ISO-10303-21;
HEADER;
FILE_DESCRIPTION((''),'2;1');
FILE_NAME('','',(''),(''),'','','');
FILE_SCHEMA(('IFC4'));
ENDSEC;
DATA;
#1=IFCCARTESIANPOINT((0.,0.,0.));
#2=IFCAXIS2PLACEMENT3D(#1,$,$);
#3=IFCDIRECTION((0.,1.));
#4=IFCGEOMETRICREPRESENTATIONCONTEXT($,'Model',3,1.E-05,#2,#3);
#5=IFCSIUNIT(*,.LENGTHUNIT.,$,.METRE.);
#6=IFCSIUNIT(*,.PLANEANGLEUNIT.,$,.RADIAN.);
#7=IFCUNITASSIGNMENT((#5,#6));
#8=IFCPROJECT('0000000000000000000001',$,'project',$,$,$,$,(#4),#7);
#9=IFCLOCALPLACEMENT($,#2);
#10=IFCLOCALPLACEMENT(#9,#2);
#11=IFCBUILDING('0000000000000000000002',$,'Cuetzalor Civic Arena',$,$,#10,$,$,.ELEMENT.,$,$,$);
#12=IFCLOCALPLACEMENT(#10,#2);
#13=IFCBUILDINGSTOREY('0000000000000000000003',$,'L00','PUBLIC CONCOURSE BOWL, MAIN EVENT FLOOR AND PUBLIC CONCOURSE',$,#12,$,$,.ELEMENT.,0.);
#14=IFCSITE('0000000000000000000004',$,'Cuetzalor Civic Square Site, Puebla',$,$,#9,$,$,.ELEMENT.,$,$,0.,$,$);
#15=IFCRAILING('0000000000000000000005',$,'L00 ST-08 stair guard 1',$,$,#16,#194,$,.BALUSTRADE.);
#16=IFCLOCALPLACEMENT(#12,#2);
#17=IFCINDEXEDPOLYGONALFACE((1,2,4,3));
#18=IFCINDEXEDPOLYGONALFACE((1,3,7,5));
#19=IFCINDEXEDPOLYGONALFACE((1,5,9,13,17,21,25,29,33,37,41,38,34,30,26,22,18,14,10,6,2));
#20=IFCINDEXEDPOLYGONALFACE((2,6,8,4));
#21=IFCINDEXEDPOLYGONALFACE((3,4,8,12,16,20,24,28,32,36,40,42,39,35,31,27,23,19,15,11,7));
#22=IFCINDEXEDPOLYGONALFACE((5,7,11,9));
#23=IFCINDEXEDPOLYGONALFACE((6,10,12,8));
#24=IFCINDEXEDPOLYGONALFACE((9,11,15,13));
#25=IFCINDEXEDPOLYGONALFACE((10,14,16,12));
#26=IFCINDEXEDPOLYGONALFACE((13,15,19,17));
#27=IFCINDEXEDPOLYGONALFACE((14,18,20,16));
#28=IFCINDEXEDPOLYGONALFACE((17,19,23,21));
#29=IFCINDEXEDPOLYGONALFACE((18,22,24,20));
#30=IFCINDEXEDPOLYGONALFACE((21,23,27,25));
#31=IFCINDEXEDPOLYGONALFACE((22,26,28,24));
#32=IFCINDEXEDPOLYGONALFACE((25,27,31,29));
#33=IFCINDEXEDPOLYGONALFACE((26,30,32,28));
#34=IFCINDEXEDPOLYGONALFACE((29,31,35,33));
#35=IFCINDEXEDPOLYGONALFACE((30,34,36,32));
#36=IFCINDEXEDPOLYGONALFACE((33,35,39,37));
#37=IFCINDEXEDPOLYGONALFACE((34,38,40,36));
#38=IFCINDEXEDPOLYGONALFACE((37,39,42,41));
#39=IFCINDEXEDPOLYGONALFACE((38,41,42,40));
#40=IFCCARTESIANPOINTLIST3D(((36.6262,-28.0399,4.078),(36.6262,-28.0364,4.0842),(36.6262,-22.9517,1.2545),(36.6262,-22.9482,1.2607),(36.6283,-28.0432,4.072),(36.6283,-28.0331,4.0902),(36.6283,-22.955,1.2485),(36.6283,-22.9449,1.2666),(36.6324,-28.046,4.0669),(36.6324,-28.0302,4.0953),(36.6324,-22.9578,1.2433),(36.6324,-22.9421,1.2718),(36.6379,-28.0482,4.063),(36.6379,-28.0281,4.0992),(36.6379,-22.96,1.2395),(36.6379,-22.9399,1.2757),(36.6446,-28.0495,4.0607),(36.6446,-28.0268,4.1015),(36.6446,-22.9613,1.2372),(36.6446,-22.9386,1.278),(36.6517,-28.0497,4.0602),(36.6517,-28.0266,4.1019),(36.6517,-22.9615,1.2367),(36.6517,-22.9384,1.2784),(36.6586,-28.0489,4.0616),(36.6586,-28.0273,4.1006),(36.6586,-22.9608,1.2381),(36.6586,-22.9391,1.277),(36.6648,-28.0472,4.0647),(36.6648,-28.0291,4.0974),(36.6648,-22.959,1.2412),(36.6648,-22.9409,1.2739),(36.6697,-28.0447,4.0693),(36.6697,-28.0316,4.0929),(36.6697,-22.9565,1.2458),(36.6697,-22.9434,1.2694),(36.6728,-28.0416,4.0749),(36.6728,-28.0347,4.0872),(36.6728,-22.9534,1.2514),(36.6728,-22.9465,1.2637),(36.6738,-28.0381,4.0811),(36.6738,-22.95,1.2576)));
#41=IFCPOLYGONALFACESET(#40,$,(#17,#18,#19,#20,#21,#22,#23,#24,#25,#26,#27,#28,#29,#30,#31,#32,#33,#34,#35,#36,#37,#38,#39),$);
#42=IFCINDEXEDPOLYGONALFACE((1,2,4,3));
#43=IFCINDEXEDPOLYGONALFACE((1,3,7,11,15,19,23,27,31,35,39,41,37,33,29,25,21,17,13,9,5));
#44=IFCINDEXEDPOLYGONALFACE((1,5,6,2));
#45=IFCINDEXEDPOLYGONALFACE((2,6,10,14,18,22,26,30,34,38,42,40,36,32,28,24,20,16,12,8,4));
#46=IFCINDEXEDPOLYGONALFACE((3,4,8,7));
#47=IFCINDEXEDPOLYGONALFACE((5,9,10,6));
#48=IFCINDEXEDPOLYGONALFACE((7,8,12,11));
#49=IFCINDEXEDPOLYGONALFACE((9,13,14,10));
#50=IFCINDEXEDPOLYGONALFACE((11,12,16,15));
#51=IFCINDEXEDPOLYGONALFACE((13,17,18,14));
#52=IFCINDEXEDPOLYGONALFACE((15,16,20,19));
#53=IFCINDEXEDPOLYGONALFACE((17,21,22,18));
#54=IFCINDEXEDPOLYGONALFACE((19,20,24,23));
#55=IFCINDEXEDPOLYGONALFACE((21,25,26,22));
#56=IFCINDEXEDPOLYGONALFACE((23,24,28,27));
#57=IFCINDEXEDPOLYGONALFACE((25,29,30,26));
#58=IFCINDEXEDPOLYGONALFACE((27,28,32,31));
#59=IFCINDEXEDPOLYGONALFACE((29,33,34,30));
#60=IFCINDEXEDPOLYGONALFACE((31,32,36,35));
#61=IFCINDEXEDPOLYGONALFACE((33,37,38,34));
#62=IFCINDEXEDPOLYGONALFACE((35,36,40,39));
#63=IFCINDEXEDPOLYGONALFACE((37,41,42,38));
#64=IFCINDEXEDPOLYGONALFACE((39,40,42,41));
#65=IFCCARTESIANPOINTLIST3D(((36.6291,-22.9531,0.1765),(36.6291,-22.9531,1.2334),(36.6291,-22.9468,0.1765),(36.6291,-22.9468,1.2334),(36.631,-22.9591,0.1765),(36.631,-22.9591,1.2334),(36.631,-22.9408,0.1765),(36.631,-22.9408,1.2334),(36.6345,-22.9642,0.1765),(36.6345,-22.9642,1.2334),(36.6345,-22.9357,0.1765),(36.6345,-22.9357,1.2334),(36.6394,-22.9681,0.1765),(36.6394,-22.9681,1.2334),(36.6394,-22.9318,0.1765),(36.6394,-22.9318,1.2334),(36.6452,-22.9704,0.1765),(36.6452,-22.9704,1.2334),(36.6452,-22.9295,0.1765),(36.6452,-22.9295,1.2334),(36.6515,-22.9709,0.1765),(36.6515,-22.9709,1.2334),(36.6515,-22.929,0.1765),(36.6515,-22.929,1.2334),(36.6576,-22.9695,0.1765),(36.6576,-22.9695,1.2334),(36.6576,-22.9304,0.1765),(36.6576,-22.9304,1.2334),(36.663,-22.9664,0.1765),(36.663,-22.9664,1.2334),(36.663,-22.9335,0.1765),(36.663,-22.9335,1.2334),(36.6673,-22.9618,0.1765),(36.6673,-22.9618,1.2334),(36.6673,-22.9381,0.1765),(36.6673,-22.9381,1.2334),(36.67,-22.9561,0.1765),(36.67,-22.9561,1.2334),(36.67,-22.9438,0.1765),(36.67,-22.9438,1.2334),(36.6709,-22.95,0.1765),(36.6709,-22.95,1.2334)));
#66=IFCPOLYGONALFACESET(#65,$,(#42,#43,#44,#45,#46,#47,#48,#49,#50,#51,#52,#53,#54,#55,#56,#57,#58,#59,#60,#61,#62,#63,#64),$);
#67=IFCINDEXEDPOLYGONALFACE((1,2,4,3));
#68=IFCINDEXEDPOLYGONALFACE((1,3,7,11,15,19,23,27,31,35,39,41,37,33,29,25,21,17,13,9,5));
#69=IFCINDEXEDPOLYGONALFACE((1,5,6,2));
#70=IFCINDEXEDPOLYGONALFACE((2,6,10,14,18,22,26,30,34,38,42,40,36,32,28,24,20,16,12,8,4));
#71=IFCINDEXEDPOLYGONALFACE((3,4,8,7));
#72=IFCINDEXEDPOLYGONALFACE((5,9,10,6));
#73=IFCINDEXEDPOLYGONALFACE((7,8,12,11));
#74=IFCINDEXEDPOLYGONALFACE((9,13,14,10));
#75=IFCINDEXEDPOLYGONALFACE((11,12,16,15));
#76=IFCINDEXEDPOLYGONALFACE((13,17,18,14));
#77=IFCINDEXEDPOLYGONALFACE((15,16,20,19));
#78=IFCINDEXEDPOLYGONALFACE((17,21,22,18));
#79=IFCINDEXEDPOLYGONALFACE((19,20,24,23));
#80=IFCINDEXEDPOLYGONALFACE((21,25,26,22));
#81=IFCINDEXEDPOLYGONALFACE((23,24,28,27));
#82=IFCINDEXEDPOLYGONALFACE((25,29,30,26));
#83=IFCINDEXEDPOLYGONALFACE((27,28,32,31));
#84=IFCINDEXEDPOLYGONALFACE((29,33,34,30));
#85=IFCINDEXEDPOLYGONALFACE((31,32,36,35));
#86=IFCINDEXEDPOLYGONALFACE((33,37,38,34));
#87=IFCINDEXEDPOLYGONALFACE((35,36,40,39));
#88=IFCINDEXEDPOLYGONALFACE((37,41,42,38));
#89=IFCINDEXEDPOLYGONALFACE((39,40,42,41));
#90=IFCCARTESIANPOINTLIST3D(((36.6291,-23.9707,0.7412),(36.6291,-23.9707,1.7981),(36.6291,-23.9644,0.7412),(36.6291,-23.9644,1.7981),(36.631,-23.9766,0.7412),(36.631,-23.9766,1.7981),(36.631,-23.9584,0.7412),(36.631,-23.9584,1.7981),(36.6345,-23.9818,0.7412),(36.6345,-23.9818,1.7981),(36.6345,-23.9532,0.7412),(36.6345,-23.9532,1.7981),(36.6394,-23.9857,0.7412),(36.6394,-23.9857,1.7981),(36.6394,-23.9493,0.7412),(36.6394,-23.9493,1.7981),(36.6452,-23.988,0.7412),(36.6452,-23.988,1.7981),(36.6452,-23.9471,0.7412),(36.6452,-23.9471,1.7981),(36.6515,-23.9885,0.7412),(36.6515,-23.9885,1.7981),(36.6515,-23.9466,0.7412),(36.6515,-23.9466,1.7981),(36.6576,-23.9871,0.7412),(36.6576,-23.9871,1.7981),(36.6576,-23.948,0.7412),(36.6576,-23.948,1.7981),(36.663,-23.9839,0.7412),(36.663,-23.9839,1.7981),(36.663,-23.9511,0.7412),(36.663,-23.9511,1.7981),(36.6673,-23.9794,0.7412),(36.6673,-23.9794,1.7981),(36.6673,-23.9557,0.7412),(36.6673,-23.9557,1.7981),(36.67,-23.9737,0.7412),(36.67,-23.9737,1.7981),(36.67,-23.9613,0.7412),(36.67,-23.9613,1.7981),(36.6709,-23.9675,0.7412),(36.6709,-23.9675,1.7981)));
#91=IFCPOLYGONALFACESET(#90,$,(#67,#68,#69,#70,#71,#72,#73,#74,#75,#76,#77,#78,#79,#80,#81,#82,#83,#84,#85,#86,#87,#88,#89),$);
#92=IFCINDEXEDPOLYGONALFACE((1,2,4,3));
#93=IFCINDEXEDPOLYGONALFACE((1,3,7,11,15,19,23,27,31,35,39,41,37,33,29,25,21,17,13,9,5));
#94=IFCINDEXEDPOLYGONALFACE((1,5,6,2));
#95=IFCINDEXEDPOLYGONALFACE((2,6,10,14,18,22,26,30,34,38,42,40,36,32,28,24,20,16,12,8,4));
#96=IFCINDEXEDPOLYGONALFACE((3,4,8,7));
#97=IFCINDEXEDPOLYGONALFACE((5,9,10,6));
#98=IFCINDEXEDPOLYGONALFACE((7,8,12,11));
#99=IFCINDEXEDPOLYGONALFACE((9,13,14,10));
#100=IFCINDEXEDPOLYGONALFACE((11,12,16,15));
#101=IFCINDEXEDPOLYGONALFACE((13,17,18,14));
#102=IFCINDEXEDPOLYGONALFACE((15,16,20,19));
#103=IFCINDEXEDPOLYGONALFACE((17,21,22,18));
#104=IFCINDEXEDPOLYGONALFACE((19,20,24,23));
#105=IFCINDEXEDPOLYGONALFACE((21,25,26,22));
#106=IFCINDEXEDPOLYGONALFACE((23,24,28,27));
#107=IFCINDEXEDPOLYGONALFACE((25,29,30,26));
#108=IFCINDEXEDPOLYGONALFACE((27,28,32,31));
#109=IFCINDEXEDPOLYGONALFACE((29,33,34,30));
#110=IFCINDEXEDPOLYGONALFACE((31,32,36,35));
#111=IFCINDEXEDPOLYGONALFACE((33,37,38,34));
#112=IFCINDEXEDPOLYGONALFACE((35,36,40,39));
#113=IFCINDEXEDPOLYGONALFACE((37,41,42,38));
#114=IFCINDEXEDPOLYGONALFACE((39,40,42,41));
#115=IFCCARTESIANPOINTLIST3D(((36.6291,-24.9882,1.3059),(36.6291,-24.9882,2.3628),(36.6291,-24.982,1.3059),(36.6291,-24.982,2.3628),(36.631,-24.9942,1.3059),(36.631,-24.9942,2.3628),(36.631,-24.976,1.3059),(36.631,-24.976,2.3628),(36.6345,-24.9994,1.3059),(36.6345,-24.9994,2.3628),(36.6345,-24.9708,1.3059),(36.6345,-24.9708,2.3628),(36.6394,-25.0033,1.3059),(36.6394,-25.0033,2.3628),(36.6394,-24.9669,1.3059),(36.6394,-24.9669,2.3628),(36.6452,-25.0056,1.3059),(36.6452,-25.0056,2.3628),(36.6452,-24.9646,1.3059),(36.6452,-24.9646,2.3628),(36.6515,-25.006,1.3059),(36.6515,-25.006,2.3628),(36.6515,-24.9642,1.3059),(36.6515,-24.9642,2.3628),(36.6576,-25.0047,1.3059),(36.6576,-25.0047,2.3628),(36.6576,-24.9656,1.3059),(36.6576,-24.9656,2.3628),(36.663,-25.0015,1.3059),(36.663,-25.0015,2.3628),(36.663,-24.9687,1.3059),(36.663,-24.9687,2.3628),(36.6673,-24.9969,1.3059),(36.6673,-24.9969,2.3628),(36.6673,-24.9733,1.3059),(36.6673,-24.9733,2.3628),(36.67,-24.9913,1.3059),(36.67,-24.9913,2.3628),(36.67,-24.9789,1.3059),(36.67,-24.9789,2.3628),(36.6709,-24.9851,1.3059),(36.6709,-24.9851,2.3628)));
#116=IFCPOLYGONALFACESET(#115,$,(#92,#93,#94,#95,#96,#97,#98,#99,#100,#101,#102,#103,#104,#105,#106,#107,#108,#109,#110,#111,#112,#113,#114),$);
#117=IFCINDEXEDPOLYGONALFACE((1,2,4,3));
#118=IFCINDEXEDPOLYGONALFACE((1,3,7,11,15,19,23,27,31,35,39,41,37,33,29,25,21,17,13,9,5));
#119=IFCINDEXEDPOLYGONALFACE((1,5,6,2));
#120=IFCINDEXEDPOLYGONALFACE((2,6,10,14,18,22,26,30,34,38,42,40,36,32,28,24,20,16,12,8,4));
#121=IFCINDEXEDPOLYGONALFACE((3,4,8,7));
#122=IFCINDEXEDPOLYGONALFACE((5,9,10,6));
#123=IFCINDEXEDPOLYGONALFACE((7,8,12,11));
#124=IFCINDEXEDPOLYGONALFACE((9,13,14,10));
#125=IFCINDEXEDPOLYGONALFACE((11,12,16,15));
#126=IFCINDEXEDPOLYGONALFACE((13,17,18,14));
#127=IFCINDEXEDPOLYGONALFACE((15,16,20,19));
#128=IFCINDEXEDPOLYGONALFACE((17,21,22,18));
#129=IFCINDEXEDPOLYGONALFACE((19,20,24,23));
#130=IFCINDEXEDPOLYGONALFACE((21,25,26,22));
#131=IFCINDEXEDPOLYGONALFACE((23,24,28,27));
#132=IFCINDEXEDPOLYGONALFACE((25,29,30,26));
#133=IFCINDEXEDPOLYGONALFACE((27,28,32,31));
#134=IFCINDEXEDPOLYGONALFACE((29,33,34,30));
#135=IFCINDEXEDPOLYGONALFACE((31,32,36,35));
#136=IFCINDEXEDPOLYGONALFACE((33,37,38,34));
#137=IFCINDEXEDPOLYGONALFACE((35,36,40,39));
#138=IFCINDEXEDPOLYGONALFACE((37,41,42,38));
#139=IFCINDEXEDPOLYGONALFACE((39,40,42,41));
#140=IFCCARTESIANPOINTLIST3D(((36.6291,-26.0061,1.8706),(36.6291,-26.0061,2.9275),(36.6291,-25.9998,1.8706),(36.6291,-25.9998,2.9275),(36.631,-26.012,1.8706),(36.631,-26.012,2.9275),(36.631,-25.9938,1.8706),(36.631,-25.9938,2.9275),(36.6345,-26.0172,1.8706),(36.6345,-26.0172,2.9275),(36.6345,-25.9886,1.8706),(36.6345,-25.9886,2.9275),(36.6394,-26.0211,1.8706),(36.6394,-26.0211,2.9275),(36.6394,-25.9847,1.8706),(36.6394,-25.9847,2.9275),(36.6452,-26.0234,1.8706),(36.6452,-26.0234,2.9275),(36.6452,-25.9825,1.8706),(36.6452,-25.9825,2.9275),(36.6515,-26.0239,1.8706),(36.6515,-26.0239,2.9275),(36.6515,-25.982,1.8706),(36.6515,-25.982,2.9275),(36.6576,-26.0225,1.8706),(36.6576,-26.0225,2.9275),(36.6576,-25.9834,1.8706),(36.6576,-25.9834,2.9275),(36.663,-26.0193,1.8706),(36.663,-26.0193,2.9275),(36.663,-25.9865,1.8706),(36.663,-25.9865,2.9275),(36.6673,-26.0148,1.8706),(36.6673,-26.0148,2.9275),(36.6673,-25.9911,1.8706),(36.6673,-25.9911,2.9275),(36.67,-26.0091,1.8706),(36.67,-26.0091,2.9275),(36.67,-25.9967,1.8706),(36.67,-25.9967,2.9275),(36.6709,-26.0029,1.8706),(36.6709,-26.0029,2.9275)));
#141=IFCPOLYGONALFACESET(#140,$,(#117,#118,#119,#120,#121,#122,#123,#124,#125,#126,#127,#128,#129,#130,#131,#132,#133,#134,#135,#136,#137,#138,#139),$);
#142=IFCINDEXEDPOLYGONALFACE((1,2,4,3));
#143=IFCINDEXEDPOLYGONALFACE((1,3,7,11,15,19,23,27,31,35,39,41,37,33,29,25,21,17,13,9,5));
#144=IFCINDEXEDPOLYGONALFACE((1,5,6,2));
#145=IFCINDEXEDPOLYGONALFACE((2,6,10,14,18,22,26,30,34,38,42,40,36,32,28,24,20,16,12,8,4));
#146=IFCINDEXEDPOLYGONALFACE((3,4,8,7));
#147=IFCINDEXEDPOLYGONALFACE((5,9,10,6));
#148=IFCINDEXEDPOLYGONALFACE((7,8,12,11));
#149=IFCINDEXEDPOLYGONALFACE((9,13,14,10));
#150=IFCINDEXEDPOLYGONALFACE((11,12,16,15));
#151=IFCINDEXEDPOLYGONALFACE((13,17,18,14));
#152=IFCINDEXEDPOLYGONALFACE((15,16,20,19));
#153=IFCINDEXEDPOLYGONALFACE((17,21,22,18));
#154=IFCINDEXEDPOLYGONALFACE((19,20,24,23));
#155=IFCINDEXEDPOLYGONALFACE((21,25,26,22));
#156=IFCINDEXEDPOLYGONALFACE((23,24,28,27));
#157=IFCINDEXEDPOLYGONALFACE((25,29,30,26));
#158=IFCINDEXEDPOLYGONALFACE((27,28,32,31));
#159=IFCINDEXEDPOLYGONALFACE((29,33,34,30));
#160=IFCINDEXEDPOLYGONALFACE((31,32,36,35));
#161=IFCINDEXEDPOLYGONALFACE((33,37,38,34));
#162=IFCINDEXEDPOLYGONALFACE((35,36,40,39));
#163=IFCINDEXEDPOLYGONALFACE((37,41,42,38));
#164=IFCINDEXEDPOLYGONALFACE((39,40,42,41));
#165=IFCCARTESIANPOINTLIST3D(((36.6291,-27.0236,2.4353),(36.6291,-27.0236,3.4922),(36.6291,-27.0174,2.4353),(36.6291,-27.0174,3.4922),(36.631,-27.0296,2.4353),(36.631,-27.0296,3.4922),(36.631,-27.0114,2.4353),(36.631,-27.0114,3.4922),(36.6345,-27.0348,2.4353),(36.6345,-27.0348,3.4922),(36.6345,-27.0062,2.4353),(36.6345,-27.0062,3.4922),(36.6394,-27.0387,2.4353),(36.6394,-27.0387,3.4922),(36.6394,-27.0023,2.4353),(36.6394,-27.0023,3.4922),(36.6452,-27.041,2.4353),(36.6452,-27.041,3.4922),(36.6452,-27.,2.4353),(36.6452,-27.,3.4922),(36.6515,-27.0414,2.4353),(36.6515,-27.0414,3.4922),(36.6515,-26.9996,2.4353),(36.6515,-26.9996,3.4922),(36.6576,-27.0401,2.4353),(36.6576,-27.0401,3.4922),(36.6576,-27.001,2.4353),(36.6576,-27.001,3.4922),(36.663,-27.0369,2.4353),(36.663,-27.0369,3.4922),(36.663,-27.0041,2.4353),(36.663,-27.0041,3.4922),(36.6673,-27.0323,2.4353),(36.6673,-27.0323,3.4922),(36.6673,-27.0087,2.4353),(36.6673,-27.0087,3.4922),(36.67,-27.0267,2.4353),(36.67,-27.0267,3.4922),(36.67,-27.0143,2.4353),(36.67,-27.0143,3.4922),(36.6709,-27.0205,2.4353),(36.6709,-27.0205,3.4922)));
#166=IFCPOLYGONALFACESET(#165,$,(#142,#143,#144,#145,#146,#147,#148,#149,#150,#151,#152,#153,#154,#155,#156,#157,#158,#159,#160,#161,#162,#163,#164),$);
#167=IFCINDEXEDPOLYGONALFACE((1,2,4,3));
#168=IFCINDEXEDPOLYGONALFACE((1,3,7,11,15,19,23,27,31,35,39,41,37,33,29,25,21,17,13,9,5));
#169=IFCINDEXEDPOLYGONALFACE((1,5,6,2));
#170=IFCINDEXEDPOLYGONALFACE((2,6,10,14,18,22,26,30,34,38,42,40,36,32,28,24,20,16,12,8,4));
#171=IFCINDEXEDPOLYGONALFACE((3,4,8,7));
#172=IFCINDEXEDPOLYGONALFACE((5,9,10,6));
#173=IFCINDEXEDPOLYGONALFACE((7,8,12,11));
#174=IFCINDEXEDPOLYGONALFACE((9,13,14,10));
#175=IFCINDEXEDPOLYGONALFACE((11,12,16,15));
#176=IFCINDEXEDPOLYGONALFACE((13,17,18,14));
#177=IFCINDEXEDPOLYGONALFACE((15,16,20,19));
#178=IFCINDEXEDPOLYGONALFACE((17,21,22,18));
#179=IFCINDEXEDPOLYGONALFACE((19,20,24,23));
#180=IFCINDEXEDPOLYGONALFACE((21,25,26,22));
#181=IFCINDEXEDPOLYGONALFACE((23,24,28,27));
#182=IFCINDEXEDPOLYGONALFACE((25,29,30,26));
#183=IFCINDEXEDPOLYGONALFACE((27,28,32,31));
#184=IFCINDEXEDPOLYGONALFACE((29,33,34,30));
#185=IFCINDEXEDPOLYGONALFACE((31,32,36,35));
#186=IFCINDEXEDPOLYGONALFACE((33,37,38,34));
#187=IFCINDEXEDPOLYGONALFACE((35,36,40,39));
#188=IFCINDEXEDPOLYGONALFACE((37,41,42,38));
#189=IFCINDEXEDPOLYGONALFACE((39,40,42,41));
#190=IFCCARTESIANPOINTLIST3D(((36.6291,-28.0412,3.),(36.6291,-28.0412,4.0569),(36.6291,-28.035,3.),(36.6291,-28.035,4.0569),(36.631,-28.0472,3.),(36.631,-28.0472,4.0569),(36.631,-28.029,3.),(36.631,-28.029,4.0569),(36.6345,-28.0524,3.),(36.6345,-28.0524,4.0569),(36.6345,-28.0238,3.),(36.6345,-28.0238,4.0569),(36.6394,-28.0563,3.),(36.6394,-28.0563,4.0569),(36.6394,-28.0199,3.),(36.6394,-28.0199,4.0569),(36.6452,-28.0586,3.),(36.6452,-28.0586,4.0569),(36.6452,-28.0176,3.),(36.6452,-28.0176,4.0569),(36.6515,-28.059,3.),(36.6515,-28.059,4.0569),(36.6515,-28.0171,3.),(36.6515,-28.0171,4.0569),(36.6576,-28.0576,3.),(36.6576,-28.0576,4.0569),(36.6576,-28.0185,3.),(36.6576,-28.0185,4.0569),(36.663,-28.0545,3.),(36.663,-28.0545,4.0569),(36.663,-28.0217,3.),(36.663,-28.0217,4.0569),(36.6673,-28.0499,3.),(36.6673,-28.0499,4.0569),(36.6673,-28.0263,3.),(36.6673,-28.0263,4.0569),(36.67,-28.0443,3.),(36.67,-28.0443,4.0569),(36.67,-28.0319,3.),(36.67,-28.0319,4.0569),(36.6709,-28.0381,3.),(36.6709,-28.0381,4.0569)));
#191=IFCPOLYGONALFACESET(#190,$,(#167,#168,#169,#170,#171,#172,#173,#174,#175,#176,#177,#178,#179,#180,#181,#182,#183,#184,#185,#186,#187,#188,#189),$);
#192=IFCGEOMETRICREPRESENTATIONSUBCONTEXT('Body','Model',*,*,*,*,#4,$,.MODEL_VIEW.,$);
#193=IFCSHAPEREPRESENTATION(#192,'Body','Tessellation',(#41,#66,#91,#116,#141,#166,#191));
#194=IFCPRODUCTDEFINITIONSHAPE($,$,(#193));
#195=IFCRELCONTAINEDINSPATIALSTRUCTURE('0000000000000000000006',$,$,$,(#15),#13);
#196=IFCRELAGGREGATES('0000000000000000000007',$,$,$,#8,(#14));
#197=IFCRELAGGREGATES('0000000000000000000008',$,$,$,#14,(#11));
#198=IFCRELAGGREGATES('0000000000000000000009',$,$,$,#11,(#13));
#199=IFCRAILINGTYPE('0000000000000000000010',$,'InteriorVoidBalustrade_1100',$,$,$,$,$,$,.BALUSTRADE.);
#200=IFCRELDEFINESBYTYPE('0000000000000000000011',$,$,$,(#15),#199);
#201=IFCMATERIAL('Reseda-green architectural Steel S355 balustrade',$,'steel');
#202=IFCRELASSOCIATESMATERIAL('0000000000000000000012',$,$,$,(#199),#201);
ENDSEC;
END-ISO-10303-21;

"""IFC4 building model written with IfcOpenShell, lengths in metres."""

from ifc_helpers import new_model, si_unit, direction, frame, origin, origin_2d, place, context, subcontext, project, spatial, circle, extrude, material, type_object, element, save


model = new_model("IFC4")

# Units and contexts
model_context = context("Model", 3, precision=1e-05, world=origin(), true_north=direction((0.0, 1.0)))
body_context = subcontext(model_context, "Body", "Model", "MODEL_VIEW")
ifc_project = project(units=[si_unit("LENGTHUNIT", "METRE"), si_unit("PLANEANGLEUNIT", "RADIAN")], contexts=[model_context])

# Site, building, storey
site_placement = place(None, origin())
site = spatial("IfcSite", under=ifc_project, at=site_placement, Name="Cuetzalor Civic Square Site, Puebla", CompositionType="ELEMENT", RefElevation=0.0)
building_placement = place(site_placement, origin())
building = spatial("IfcBuilding", under=site, at=building_placement, Name="Cuetzalor Civic Arena", CompositionType="ELEMENT")
storey_placement = place(building_placement, origin())
storey = spatial("IfcBuildingStorey", under=building, at=storey_placement, Name="L00", Description="PUBLIC CONCOURSE BOWL, MAIN EVENT FLOOR AND PUBLIC CONCOURSE", CompositionType="ELEMENT", Elevation=0.0)

# Railing
ifc_material_1 = material(Name="Reseda-green architectural Steel S355 balustrade", Category="steel")
railing_type_1 = type_object("IfcRailingType", Name="InteriorVoidBalustrade_1100", PredefinedType="BALUSTRADE", material=ifc_material_1)
railing_1_placement = place(storey_placement, frame((36.6499, -22.95, 0.1765)))
element("IfcRailing", 1, at=railing_1_placement, inside=storey, type_object=railing_type_1, Name="L00 ST-08 stair guard 1", PredefinedType="BALUSTRADE", context=body_context, shape_type="SweptSolid", body=[
    extrude(circle(Radius=0.0239, at=origin_2d()), frame((0.0, 0.0, 1.0811), z_axis=(0.0, -0.874395, 0.485215), x_axis=(1.0, 0.0, 0.0)), (0.0, 0.0, 1.0), 5.8191),
    extrude(circle(Radius=0.021, at=origin_2d()), origin(), (0.0, 0.0, 1.0), 1.0569),
    extrude(circle(Radius=0.021, at=origin_2d()), frame((0.0, -1.0176, 0.5647)), (0.0, 0.0, 1.0), 1.0569),
    extrude(circle(Radius=0.021, at=origin_2d()), frame((0.0, -2.0352, 1.1294)), (0.0, 0.0, 1.0), 1.0569),
    extrude(circle(Radius=0.021, at=origin_2d()), frame((0.0, -3.053, 1.6941)), (0.0, 0.0, 1.0), 1.0569),
    extrude(circle(Radius=0.021, at=origin_2d()), frame((0.0, -4.0706, 2.2588)), (0.0, 0.0, 1.0), 1.0569),
    extrude(circle(Radius=0.021, at=origin_2d()), frame((0.0, -5.0881, 2.8235)), (0.0, 0.0, 1.0), 1.0569),
])

save(model, "model.ifc")
